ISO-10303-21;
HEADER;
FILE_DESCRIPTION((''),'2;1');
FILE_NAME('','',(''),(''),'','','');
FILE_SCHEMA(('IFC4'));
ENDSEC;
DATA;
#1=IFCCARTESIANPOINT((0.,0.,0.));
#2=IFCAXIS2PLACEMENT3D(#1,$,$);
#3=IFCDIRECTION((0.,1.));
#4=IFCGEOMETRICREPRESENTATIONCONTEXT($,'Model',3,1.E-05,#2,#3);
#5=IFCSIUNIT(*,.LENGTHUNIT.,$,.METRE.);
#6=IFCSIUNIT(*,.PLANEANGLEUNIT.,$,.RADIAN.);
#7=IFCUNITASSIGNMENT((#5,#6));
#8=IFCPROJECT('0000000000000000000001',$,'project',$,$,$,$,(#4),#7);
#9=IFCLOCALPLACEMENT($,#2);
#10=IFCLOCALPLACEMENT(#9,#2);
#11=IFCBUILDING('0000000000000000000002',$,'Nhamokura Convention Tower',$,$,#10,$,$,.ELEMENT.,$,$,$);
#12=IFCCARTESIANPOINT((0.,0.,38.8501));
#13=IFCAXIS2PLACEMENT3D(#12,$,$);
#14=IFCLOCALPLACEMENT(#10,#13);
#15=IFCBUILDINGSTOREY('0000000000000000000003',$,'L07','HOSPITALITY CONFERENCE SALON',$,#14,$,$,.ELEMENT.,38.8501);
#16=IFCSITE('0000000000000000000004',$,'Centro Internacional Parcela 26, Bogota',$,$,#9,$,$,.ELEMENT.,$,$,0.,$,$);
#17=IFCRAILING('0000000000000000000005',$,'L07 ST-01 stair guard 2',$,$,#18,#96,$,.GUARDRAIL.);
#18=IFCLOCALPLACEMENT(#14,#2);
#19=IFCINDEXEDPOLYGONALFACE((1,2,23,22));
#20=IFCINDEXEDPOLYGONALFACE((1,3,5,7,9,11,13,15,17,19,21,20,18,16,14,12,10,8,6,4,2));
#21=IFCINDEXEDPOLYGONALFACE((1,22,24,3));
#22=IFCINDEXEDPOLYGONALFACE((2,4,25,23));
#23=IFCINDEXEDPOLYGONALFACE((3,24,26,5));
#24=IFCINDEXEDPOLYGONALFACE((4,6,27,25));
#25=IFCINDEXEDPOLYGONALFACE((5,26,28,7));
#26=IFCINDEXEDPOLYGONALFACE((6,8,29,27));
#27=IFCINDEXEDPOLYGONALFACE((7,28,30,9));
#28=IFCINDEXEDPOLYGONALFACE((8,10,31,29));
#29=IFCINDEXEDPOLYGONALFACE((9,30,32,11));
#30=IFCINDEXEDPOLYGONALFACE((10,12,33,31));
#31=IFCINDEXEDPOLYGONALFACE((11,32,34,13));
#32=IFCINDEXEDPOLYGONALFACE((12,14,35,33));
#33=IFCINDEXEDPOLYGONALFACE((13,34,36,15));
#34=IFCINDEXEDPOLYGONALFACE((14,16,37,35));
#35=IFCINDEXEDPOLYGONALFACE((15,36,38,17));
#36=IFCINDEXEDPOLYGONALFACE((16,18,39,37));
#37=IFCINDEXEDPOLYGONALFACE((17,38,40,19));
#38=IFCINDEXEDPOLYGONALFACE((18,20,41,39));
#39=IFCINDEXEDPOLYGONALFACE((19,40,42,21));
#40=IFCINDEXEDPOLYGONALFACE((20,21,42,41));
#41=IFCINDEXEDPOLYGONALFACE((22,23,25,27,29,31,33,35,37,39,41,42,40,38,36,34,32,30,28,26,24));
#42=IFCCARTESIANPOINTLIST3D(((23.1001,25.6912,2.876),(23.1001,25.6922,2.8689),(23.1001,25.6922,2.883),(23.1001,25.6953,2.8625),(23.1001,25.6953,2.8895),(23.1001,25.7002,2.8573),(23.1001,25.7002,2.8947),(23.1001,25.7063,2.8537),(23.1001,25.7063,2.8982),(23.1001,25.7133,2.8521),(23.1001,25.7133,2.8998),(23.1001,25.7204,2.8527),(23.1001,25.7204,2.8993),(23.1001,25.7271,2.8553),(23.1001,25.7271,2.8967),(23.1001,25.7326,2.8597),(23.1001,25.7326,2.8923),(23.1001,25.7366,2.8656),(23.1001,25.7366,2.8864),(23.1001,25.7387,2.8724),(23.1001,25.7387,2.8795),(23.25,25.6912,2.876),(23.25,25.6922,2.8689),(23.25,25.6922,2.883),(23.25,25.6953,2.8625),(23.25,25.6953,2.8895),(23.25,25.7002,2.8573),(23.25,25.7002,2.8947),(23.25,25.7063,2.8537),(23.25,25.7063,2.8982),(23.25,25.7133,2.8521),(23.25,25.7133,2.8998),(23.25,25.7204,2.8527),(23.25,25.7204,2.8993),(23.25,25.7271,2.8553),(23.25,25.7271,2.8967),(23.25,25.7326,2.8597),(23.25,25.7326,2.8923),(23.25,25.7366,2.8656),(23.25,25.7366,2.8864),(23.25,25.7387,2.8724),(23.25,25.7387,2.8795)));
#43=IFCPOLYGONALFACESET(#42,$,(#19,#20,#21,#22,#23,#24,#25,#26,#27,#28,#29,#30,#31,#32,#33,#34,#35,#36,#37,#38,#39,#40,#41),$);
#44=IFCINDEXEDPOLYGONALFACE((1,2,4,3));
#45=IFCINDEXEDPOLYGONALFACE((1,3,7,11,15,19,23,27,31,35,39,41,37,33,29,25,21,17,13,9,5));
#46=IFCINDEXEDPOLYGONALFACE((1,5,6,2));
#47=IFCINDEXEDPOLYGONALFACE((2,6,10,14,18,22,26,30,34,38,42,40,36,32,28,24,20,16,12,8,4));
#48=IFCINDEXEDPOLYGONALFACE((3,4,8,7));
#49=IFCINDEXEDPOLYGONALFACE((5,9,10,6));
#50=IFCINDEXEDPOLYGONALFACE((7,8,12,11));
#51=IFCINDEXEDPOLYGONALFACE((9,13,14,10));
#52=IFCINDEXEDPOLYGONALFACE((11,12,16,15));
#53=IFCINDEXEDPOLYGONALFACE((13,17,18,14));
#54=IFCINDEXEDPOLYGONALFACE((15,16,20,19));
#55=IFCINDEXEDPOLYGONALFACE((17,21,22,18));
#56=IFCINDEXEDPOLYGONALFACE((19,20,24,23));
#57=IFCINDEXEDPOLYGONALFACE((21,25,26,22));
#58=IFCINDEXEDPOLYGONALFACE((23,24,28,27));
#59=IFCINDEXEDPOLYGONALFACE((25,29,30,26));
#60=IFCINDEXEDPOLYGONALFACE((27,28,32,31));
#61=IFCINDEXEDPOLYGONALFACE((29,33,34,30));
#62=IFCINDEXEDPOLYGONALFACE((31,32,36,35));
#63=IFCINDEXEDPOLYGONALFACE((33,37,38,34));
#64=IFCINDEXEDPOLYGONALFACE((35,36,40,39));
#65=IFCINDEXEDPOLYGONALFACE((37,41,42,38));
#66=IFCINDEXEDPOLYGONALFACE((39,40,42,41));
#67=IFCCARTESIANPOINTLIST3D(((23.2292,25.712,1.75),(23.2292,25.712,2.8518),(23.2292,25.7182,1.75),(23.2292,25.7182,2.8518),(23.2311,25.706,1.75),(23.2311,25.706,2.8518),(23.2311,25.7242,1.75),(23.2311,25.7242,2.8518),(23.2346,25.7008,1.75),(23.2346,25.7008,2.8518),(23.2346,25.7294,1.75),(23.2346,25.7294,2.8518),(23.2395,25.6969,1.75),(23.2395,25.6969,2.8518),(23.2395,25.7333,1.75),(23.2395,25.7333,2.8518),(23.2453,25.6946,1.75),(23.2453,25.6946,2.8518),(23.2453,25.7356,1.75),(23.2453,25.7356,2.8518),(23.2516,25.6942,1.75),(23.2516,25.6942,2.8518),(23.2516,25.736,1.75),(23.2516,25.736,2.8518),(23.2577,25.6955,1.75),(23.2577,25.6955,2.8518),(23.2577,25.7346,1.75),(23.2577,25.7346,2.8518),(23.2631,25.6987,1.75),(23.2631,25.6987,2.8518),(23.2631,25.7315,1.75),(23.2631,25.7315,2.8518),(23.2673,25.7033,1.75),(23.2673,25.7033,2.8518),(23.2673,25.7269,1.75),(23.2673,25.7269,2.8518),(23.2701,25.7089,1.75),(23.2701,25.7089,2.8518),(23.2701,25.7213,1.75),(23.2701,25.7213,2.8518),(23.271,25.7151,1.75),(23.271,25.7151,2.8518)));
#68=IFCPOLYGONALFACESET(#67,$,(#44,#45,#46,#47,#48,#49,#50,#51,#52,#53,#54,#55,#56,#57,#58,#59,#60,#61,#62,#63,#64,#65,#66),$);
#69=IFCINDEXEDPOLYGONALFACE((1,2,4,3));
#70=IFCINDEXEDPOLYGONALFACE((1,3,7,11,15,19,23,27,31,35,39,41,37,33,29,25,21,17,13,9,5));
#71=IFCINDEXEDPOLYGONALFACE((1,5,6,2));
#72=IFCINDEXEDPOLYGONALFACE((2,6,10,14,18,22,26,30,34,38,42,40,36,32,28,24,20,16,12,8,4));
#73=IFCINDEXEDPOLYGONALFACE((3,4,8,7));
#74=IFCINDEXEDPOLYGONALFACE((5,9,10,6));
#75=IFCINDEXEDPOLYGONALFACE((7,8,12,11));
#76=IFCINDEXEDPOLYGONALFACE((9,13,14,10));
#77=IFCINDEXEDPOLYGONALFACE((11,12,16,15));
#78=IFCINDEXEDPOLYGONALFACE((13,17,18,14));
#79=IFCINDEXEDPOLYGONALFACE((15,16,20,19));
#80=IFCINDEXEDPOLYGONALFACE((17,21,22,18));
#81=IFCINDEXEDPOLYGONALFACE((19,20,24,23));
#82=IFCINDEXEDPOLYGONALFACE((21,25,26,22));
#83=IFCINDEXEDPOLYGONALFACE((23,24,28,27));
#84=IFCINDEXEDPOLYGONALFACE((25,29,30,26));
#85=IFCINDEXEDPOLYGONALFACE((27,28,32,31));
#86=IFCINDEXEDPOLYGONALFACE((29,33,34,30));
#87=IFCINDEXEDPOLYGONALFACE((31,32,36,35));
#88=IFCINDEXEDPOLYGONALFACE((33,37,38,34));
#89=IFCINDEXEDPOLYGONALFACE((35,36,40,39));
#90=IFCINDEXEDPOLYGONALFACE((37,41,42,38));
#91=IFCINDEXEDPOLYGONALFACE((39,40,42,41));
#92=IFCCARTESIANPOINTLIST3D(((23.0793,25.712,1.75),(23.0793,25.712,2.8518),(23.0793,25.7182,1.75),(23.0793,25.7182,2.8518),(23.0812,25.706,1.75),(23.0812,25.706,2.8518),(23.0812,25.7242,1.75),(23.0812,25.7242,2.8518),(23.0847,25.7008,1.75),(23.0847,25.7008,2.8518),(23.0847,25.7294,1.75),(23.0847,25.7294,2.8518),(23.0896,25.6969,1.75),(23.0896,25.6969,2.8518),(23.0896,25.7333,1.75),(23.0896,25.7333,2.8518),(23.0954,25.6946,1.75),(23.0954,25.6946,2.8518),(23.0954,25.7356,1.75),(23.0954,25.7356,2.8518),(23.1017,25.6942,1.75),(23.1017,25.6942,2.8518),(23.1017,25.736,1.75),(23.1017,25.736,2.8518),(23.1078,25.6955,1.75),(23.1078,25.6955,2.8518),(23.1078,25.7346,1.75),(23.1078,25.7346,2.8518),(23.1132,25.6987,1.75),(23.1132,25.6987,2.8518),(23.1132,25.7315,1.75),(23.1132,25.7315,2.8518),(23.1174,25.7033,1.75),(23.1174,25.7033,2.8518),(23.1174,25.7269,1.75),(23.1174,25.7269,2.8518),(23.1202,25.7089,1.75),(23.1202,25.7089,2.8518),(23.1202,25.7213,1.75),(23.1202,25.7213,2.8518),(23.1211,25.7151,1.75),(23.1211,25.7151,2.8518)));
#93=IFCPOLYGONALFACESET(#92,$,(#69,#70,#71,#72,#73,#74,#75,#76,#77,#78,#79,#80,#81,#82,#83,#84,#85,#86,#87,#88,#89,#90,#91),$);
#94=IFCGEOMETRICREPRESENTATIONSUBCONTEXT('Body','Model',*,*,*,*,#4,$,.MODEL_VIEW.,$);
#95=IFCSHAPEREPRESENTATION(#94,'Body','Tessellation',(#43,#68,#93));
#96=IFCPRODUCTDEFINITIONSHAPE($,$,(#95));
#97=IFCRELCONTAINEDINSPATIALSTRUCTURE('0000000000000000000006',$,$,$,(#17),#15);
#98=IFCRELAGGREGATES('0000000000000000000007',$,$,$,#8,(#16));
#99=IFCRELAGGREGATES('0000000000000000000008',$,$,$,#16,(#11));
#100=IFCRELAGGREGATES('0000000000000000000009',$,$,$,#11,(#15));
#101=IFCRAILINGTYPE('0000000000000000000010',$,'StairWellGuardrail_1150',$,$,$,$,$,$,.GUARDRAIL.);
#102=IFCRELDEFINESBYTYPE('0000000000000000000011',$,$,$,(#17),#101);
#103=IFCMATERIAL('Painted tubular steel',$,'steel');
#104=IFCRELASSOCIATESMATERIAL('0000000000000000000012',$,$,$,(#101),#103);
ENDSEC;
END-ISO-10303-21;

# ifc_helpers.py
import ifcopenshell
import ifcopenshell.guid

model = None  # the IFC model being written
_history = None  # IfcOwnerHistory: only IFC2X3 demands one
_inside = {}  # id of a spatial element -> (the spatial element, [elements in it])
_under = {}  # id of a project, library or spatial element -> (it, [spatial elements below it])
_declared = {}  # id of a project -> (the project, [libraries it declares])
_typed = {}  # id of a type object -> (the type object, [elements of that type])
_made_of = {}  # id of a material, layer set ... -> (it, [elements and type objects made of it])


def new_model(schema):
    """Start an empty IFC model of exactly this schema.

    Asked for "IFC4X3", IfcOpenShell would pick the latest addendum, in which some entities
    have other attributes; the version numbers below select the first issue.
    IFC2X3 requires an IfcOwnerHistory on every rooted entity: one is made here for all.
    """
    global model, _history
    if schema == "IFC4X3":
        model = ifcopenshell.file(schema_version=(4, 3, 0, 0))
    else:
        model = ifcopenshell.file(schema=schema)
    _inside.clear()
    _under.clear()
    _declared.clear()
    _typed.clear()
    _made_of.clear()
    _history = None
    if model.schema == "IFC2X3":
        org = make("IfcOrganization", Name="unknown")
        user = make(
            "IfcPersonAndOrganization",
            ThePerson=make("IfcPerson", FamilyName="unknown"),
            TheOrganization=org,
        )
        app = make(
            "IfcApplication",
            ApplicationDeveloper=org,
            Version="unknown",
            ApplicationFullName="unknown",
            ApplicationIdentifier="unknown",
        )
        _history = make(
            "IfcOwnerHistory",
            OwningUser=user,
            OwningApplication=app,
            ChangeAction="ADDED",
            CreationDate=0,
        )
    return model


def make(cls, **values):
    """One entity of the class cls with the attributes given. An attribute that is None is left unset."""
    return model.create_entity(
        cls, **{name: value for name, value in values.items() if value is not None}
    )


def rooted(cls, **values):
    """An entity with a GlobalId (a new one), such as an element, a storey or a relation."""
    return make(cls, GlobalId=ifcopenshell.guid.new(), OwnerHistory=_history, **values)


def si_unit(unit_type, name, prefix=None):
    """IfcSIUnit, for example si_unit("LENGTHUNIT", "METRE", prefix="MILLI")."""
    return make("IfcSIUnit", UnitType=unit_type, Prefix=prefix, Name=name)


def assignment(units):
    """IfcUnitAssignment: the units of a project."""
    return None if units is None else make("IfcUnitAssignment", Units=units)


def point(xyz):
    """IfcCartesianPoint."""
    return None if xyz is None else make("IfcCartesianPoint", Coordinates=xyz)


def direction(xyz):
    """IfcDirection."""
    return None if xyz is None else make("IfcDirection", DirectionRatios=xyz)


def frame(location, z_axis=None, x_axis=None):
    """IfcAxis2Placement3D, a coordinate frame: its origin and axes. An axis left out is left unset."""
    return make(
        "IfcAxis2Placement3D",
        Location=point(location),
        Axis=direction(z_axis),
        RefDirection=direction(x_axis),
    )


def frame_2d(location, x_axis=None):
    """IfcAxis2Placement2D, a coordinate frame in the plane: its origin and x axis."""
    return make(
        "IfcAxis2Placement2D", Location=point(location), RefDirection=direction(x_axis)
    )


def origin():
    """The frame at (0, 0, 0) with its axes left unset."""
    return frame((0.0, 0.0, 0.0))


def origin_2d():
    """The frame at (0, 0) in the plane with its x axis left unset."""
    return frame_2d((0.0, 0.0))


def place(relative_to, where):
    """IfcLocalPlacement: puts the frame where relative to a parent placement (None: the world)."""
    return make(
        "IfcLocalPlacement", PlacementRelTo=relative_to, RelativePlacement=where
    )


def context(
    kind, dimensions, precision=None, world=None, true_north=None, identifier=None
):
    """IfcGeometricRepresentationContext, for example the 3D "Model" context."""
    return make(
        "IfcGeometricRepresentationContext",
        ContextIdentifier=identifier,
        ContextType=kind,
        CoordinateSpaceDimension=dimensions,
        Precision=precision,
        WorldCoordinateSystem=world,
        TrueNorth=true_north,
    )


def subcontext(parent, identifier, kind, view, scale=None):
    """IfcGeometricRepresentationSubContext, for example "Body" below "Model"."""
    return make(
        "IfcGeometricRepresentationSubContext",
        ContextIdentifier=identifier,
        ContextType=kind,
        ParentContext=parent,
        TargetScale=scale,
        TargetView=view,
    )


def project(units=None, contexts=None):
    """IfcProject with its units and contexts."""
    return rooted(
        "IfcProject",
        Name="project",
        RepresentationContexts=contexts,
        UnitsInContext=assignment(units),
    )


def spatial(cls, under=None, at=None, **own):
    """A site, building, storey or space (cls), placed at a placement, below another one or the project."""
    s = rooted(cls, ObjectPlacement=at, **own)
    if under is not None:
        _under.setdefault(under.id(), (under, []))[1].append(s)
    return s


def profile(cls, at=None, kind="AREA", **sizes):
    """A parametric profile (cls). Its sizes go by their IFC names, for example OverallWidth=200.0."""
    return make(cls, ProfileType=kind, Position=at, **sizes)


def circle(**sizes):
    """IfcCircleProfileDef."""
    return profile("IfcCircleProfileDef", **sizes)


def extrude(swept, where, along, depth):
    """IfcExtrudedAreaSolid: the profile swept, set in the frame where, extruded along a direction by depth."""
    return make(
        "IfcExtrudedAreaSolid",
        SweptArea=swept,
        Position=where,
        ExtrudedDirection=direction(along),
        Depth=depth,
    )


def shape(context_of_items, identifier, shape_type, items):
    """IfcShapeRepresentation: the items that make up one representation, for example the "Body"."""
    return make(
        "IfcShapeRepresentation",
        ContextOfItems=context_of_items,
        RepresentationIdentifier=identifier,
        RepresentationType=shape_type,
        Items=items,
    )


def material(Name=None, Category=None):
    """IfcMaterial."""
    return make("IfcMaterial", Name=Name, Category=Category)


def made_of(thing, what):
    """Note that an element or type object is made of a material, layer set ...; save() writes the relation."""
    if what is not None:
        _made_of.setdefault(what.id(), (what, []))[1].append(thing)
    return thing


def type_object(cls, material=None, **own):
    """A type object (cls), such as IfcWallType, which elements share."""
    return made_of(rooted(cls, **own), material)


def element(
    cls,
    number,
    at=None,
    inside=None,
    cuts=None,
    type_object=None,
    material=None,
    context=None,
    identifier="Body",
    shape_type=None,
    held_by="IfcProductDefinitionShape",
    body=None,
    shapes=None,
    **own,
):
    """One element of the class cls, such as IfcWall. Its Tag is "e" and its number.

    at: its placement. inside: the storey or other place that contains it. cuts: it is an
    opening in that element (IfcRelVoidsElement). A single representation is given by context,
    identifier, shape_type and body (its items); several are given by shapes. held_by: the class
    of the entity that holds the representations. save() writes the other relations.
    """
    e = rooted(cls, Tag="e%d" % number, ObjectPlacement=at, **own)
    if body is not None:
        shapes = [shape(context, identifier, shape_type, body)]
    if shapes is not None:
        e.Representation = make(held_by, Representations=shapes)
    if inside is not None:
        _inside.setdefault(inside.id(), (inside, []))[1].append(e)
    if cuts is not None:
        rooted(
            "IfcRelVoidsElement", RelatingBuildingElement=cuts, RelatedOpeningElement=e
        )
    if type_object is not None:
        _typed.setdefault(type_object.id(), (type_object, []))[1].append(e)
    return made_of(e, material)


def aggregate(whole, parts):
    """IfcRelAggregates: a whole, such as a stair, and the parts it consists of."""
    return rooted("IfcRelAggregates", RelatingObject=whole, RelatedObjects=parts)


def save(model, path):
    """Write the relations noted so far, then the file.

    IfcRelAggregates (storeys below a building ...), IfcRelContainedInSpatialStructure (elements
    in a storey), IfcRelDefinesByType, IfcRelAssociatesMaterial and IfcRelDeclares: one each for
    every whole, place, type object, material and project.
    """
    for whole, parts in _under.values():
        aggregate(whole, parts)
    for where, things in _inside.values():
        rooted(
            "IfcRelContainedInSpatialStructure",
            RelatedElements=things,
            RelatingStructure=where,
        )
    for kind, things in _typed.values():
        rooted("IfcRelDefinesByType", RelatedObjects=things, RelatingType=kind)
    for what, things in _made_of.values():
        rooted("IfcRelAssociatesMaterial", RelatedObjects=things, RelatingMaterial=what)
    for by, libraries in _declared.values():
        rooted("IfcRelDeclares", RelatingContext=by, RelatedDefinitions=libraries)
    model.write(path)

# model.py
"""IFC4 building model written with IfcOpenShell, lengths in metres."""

from ifc_helpers import new_model, si_unit, direction, frame, origin, origin_2d, place, context, subcontext, project, spatial, circle, extrude, material, type_object, element, save


model = new_model("IFC4")

# Units and contexts
model_context = context("Model", 3, precision=1e-05, world=origin(), true_north=direction((0.0, 1.0)))
body_context = subcontext(model_context, "Body", "Model", "MODEL_VIEW")
ifc_project = project(units=[si_unit("LENGTHUNIT", "METRE"), si_unit("PLANEANGLEUNIT", "RADIAN")], contexts=[model_context])

# Site, building, storey
site_placement = place(None, origin())
site = spatial("IfcSite", under=ifc_project, at=site_placement, Name="Centro Internacional Parcela 26, Bogota", CompositionType="ELEMENT", RefElevation=0.0)
building_placement = place(site_placement, origin())
building = spatial("IfcBuilding", under=site, at=building_placement, Name="Nhamokura Convention Tower", CompositionType="ELEMENT")
storey_placement = place(building_placement, frame((0.0, 0.0, 38.8501)))
storey = spatial("IfcBuildingStorey", under=building, at=storey_placement, Name="L07", Description="HOSPITALITY CONFERENCE SALON", CompositionType="ELEMENT", Elevation=38.8501)

# Railing
ifc_material_1 = material(Name="Painted tubular steel", Category="steel")
railing_type = type_object("IfcRailingType", Name="StairWellGuardrail_1150", PredefinedType="GUARDRAIL", material=ifc_material_1)
railing_1_placement = place(storey_placement, frame((23.25, 25.7151, 1.75)))
element("IfcRailing", 1, at=railing_1_placement, inside=storey, type_object=railing_type, Name="L07 ST-01 stair guard 2", PredefinedType="GUARDRAIL", context=body_context, shape_type="SweptSolid", body=[
    extrude(circle(Radius=0.0239, at=origin_2d()), frame((0.0, 0.0, 1.126), z_axis=(-1.0, 0.0, 0.0), x_axis=(0.0, -1.0, 0.0)), (0.0, 0.0, 1.0), 0.1499),
    extrude(circle(Radius=0.021, at=origin_2d()), origin(), (0.0, 0.0, 1.0), 1.1018),
    extrude(circle(Radius=0.021, at=origin_2d()), frame((-0.1499, 0.0, 0.0)), (0.0, 0.0, 1.0), 1.1018),
])

save(model, "model.ifc")
